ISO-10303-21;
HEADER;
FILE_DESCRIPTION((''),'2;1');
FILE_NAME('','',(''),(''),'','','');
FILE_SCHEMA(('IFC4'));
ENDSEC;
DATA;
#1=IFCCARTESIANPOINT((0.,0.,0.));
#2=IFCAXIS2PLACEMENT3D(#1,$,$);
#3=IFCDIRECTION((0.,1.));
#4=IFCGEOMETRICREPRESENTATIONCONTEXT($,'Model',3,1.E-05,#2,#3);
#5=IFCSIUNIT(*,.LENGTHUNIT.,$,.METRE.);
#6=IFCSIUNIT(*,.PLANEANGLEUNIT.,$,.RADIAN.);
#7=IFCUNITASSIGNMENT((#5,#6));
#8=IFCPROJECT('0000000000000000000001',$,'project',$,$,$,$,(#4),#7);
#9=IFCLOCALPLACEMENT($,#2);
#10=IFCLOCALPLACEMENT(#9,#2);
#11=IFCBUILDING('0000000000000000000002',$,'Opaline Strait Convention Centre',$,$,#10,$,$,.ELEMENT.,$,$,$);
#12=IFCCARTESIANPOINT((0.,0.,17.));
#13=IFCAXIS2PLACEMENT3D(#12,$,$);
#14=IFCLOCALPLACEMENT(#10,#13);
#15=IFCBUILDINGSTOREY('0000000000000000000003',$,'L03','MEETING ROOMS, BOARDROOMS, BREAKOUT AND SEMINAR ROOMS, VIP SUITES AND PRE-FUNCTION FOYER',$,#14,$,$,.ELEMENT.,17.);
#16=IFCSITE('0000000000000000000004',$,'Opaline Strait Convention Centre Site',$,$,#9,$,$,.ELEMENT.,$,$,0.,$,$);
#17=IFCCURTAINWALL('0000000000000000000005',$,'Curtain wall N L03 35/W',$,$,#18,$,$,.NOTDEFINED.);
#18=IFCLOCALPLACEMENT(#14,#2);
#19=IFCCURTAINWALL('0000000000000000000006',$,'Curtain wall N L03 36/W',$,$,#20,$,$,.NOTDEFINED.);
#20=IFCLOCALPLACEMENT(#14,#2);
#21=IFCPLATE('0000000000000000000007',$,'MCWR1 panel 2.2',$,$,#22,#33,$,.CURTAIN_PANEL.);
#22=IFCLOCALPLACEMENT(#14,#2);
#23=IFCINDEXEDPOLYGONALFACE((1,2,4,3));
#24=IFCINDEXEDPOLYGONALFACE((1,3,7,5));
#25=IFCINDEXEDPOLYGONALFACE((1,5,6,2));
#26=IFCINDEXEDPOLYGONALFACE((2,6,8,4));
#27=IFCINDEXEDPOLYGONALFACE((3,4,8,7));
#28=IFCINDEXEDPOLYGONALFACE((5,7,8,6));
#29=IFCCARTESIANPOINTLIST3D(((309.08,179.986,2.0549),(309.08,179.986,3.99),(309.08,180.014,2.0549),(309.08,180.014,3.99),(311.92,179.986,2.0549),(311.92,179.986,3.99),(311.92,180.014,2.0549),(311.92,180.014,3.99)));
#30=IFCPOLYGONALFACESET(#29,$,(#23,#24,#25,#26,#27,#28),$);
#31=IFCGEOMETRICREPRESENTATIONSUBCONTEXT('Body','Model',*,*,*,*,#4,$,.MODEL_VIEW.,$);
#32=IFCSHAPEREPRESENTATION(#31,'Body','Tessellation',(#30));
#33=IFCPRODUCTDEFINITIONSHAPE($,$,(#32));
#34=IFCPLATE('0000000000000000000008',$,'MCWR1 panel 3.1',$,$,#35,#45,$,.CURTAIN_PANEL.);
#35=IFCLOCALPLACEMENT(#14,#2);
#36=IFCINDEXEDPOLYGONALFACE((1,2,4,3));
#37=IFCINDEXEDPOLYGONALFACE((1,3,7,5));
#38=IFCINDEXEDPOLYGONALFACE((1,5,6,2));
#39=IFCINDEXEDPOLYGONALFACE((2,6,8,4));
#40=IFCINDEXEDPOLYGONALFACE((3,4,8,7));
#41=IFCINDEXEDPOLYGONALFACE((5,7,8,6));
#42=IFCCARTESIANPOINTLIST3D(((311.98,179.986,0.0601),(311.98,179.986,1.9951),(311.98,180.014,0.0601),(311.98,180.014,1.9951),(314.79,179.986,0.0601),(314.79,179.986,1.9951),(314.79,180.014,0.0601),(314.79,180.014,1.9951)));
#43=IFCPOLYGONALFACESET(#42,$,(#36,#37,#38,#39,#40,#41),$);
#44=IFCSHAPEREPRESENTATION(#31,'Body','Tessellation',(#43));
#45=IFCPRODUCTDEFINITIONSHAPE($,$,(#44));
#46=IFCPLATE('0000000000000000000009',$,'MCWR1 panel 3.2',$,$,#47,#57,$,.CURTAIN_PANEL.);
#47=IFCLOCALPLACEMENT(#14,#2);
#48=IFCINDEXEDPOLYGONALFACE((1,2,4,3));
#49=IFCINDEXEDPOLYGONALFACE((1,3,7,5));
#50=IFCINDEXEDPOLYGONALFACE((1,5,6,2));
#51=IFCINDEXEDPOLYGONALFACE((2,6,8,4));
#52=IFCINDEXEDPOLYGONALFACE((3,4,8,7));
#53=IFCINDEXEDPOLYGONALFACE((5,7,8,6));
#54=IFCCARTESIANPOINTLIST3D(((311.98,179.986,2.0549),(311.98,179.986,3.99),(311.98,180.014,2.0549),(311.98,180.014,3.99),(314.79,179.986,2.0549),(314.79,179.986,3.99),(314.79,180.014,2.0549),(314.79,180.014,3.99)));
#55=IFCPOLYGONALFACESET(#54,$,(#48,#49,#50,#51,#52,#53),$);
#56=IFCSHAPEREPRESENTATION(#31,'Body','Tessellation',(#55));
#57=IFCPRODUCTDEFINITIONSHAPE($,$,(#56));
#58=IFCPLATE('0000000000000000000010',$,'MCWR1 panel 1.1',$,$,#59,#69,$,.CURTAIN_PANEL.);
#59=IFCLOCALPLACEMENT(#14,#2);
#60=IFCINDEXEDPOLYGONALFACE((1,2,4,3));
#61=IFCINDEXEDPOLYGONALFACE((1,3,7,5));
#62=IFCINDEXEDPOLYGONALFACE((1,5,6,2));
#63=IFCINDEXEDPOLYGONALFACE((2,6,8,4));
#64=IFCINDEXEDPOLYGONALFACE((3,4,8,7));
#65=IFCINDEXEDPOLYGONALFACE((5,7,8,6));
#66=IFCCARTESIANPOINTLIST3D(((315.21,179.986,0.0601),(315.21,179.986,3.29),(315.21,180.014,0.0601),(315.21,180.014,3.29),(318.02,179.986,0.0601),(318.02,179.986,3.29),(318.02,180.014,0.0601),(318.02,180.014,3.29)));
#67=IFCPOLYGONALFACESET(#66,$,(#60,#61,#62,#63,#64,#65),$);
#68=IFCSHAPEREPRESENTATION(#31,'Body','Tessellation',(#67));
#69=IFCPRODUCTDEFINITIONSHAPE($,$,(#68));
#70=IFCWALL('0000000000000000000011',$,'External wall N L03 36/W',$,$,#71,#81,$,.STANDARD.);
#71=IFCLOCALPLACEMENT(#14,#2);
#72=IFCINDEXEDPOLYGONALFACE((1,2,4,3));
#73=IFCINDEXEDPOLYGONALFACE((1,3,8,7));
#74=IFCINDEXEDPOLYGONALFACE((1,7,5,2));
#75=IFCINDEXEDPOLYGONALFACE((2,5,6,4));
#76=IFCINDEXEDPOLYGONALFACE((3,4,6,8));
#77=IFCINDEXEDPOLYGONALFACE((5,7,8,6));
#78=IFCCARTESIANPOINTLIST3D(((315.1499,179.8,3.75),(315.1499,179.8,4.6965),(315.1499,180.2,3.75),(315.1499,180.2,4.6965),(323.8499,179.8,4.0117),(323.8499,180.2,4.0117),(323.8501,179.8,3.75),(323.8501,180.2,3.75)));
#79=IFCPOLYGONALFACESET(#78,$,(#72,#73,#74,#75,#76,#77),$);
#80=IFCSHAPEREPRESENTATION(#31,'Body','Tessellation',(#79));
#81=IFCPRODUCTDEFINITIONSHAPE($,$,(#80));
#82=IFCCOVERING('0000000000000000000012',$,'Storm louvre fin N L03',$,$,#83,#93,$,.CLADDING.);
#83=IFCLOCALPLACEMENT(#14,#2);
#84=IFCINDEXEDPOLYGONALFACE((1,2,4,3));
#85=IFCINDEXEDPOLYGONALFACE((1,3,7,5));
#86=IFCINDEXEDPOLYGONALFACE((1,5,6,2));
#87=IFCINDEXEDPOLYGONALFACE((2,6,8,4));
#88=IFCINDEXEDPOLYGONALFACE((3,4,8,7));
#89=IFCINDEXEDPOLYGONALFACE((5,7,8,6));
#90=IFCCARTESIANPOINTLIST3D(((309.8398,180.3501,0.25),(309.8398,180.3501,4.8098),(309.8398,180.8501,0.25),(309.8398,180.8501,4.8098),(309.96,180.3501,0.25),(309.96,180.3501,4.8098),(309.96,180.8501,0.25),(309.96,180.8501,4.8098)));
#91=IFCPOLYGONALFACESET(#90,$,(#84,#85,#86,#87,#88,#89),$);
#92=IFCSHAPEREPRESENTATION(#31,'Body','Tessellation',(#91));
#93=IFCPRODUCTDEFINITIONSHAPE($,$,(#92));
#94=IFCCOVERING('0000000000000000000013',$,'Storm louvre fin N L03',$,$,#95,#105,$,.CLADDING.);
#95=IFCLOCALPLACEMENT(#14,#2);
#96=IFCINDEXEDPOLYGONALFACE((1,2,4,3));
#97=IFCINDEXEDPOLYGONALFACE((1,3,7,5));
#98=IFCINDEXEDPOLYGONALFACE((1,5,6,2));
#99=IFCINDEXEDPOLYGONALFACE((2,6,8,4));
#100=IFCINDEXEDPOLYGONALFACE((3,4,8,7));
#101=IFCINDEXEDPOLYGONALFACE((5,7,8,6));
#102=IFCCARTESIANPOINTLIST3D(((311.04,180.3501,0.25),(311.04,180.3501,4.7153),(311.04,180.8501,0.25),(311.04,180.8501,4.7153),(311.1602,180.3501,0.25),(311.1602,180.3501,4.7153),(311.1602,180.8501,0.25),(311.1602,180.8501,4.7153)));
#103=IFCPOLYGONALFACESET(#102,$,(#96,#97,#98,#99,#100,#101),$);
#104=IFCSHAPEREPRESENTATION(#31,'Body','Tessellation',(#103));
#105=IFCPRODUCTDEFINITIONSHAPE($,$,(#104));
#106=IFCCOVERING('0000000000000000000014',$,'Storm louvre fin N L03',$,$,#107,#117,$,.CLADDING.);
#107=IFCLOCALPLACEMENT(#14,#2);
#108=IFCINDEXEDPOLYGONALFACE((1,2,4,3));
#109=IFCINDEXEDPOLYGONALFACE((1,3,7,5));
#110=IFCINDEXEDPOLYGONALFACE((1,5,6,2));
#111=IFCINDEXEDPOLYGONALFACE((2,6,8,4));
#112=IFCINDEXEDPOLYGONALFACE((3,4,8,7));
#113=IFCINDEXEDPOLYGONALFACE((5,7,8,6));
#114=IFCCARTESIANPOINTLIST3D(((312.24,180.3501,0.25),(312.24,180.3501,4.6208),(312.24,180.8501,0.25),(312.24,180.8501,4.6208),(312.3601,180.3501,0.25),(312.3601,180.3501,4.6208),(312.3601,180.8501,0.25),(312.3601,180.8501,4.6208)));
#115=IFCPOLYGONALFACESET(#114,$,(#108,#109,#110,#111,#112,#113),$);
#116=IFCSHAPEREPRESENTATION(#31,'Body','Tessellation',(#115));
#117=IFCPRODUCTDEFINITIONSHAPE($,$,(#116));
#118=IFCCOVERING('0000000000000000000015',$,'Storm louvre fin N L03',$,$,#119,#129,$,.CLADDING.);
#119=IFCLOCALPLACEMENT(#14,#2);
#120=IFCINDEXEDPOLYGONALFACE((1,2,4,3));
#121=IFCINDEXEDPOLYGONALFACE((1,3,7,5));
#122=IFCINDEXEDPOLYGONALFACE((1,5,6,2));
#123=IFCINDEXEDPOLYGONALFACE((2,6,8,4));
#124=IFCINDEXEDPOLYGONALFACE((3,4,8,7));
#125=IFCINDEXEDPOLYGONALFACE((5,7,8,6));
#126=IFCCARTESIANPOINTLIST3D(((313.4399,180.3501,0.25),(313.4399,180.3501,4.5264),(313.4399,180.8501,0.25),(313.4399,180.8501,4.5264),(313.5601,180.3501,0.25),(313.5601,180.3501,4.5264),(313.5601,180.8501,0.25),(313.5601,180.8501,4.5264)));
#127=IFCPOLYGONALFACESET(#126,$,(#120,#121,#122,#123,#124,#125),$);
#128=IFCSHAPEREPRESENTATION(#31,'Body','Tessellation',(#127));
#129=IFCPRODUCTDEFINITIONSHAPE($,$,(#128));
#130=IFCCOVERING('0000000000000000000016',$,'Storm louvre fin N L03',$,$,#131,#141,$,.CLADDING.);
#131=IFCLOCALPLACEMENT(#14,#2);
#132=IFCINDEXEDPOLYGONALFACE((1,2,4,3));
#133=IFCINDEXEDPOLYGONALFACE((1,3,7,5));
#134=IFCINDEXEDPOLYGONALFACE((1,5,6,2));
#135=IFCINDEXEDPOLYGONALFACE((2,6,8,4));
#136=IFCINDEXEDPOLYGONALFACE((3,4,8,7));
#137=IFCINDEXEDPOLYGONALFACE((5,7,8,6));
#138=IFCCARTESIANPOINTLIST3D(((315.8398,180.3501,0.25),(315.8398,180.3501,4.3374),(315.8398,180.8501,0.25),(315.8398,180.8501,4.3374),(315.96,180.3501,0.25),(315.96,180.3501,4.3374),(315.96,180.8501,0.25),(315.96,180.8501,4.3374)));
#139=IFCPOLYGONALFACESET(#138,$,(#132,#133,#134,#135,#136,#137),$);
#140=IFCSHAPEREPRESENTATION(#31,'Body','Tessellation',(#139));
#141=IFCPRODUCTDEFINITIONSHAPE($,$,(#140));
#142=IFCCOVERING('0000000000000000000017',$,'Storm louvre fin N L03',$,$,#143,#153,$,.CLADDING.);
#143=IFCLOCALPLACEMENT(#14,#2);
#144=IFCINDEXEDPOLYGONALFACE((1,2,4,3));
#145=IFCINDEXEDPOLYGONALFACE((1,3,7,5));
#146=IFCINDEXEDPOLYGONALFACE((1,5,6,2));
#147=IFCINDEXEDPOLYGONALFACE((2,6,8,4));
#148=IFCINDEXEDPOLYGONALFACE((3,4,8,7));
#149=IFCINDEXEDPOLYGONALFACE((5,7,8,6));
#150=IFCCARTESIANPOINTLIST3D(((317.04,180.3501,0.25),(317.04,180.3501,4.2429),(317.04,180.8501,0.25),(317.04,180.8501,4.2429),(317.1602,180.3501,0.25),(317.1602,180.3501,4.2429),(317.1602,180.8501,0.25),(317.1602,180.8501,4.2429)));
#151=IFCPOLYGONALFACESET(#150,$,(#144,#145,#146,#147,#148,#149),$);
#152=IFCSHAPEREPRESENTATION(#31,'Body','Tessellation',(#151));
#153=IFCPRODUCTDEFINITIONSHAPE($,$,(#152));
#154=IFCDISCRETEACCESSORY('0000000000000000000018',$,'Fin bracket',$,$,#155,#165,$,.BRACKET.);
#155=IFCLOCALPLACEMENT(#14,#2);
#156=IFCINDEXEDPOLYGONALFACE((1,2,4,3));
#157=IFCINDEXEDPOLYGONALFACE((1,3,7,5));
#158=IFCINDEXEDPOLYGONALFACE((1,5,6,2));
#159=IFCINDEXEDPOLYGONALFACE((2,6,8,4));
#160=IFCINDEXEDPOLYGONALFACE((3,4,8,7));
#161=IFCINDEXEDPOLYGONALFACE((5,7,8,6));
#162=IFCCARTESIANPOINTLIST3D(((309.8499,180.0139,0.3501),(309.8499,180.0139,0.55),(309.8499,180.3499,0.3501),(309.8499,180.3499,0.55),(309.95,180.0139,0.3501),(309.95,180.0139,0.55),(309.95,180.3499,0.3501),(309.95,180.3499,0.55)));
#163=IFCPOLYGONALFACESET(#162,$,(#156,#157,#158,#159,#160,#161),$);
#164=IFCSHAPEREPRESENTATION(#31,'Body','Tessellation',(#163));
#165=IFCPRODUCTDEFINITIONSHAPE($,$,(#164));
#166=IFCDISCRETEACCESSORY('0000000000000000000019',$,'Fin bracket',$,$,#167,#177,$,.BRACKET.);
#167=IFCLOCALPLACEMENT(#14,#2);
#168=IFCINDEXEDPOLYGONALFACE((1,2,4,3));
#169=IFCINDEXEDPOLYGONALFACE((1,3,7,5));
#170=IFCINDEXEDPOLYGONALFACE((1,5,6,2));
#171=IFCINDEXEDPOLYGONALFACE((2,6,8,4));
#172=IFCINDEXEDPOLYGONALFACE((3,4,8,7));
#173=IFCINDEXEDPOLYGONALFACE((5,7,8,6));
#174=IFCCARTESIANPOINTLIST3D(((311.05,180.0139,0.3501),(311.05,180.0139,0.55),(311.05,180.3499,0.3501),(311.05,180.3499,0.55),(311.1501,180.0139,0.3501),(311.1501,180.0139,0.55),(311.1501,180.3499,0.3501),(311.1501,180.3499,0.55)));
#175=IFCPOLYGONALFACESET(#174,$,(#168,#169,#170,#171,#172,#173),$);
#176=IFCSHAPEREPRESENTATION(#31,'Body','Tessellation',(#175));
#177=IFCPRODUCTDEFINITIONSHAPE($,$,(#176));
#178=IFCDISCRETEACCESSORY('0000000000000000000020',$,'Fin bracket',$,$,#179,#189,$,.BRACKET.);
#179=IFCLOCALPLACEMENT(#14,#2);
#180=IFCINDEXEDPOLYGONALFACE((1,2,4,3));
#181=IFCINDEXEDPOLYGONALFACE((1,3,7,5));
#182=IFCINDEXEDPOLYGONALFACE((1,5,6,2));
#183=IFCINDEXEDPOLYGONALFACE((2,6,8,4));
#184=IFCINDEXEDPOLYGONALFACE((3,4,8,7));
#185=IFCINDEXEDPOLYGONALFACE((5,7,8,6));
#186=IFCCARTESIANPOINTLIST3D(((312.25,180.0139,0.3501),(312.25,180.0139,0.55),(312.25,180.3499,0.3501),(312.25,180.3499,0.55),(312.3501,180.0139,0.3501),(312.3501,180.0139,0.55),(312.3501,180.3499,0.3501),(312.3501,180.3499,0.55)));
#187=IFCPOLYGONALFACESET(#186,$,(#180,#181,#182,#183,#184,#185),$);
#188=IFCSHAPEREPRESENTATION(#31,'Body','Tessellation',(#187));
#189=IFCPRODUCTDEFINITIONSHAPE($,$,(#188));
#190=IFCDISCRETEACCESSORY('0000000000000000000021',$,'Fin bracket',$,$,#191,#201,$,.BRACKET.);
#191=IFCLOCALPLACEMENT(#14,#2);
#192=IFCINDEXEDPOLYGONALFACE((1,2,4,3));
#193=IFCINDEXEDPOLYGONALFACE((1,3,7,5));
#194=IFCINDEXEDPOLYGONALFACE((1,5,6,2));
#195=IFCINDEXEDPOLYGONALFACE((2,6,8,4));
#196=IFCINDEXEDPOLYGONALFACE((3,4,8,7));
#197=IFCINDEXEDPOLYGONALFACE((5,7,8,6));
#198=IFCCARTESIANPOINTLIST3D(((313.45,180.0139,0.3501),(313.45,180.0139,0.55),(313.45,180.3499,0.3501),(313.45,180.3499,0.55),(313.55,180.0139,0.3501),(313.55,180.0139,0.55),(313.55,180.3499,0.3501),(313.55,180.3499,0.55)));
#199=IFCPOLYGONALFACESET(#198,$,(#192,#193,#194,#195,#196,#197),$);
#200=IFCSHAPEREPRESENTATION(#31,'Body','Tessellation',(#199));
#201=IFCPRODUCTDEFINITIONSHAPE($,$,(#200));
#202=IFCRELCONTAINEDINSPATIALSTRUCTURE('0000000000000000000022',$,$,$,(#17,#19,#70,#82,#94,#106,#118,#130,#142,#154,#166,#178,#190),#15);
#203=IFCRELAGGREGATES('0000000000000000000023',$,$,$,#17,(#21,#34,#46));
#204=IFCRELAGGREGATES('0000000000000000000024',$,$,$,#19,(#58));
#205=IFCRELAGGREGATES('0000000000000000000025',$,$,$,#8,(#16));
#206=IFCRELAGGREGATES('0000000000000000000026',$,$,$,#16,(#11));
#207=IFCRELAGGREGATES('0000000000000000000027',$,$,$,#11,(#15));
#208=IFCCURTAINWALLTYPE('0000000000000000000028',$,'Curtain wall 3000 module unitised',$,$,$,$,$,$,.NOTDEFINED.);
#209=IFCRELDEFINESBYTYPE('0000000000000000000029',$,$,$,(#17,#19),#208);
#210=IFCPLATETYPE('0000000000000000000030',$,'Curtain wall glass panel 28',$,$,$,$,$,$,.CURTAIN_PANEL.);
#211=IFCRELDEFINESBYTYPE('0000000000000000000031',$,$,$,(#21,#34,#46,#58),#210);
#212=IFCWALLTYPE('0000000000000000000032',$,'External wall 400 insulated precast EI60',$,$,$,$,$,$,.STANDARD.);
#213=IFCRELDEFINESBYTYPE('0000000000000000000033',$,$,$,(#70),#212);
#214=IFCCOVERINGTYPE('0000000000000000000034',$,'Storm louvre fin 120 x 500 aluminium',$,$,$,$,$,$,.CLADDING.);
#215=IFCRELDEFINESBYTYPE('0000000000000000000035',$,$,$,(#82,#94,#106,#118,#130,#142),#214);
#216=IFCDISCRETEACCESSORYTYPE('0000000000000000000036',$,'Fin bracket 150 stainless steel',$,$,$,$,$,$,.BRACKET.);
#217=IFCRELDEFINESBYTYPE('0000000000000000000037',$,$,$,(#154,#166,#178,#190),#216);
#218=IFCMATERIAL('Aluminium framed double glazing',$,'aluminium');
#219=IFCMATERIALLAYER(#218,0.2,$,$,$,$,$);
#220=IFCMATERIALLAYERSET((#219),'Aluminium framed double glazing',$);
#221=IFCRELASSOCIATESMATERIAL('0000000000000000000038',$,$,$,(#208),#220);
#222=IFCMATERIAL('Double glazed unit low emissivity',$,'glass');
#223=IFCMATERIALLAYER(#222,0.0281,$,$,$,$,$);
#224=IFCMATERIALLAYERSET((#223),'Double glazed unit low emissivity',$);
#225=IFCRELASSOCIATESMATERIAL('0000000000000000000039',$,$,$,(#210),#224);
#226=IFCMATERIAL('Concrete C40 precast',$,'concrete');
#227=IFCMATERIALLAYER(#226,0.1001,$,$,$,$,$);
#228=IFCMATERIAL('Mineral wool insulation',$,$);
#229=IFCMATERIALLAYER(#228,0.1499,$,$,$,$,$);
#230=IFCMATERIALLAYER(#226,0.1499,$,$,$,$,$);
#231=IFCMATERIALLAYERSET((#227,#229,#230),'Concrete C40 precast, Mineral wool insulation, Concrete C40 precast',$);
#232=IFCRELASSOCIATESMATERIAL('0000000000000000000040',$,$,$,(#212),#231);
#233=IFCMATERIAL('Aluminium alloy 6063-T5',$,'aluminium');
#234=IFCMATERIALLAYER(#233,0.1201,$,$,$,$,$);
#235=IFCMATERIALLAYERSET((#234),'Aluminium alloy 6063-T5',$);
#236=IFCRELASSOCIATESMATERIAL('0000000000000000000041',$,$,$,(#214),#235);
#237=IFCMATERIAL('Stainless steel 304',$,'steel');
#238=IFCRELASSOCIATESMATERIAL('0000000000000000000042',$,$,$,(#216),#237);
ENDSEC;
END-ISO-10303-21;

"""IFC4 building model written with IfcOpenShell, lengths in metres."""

from ifc_helpers import new_model, si_unit, direction, frame, origin, origin_2d, place, context, subcontext, project, spatial, polyline, rectangle, outline, extrude, material, layer, layer_set, type_object, element, aggregate, save


model = new_model("IFC4")

# Units and contexts
model_context = context("Model", 3, precision=1e-05, world=origin(), true_north=direction((0.0, 1.0)))
body_context = subcontext(model_context, "Body", "Model", "MODEL_VIEW")
ifc_project = project(units=[si_unit("LENGTHUNIT", "METRE"), si_unit("PLANEANGLEUNIT", "RADIAN")], contexts=[model_context])

# Site, building, storey
site_placement = place(None, origin())
site = spatial("IfcSite", under=ifc_project, at=site_placement, Name="Opaline Strait Convention Centre Site", CompositionType="ELEMENT", RefElevation=0.0)
building_placement = place(site_placement, origin())
building = spatial("IfcBuilding", under=site, at=building_placement, Name="Opaline Strait Convention Centre", CompositionType="ELEMENT")
storey_placement = place(building_placement, frame((0.0, 0.0, 17.0)))
storey = spatial("IfcBuildingStorey", under=building, at=storey_placement, Name="L03", Description="MEETING ROOMS, BOARDROOMS, BREAKOUT AND SEMINAR ROOMS, VIP SUITES AND PRE-FUNCTION FOYER", CompositionType="ELEMENT", Elevation=17.0)

# Curtain walls
ifc_material_1 = material(Name="Aluminium framed double glazing", Category="aluminium")
ifc_layer_1 = layer(ifc_material_1, 0.2)
ifc_layer_set_1 = layer_set([ifc_layer_1], Name="Aluminium framed double glazing")
curtain_wall_type = type_object("IfcCurtainWallType", Name="Curtain wall 3000 module unitised", PredefinedType="NOTDEFINED", material=ifc_layer_set_1)
curtain_wall_1_placement = place(storey_placement, origin())
curtain_wall_1 = element("IfcCurtainWall", 1, at=curtain_wall_1_placement, inside=storey, type_object=curtain_wall_type, Name="Curtain wall N L03 35/W", PredefinedType="NOTDEFINED")
curtain_wall_2_placement = place(storey_placement, origin())
curtain_wall_2 = element("IfcCurtainWall", 2, at=curtain_wall_2_placement, inside=storey, type_object=curtain_wall_type, Name="Curtain wall N L03 36/W", PredefinedType="NOTDEFINED")

# Plates
ifc_material_2 = material(Name="Double glazed unit low emissivity", Category="glass")
ifc_layer_2 = layer(ifc_material_2, 0.0281)
ifc_layer_set_2 = layer_set([ifc_layer_2], Name="Double glazed unit low emissivity")
plate_type = type_object("IfcPlateType", Name="Curtain wall glass panel 28", PredefinedType="CURTAIN_PANEL", material=ifc_layer_set_2)
plate_1_placement = place(storey_placement, frame((310.5, 180.0, 2.0549), z_axis=(0.0, 0.0, 1.0), x_axis=(1.0, 0.0, 0.0)))
plate_1 = element("IfcPlate", 3, at=plate_1_placement, type_object=plate_type, Name="MCWR1 panel 2.2", PredefinedType="CURTAIN_PANEL", context=body_context, shape_type="SweptSolid", body=[
    extrude(rectangle(XDim=2.8401, YDim=0.0281, at=origin_2d()), origin(), (0.0, 0.0, 1.0), 1.9351),
])
plate_2_placement = place(storey_placement, frame((313.385, 180.0, 0.0601), z_axis=(0.0, 0.0, 1.0), x_axis=(1.0, 0.0, 0.0)))
plate_2 = element("IfcPlate", 4, at=plate_2_placement, type_object=plate_type, Name="MCWR1 panel 3.1", PredefinedType="CURTAIN_PANEL", context=body_context, shape_type="SweptSolid", body=[
    extrude(rectangle(XDim=2.8101, YDim=0.0281, at=origin_2d()), origin(), (0.0, 0.0, 1.0), 1.9351),
])
plate_3_placement = place(storey_placement, frame((313.385, 180.0, 2.0549), z_axis=(0.0, 0.0, 1.0), x_axis=(1.0, 0.0, 0.0)))
plate_3 = element("IfcPlate", 5, at=plate_3_placement, type_object=plate_type, Name="MCWR1 panel 3.2", PredefinedType="CURTAIN_PANEL", context=body_context, shape_type="SweptSolid", body=[
    extrude(rectangle(XDim=2.8101, YDim=0.0281, at=origin_2d()), origin(), (0.0, 0.0, 1.0), 1.9351),
])
aggregate(curtain_wall_1, [plate_1, plate_2, plate_3])
plate_4_placement = place(storey_placement, frame((316.615, 180.0, 0.0601), z_axis=(0.0, 0.0, 1.0), x_axis=(1.0, 0.0, 0.0)))
plate_4 = element("IfcPlate", 6, at=plate_4_placement, type_object=plate_type, Name="MCWR1 panel 1.1", PredefinedType="CURTAIN_PANEL", context=body_context, shape_type="SweptSolid", body=[
    extrude(rectangle(XDim=2.8101, YDim=0.0281, at=origin_2d()), origin(), (0.0, 0.0, 1.0), 3.23),
])
aggregate(curtain_wall_2, [plate_4])

# Wall
ifc_material_3 = material(Name="Concrete C40 precast", Category="concrete")
ifc_layer_3 = layer(ifc_material_3, 0.1001)
ifc_material_4 = material(Name="Mineral wool insulation")
ifc_layer_4 = layer(ifc_material_4, 0.1499)
ifc_layer_5 = layer(ifc_material_3, 0.1499)
ifc_layer_set_3 = layer_set([ifc_layer_3, ifc_layer_4, ifc_layer_5], Name="Concrete C40 precast, Mineral wool insulation, Concrete C40 precast")
wall_type = type_object("IfcWallType", Name="External wall 400 insulated precast EI60", PredefinedType="STANDARD", material=ifc_layer_set_3)
wall_placement = place(storey_placement, frame((315.1499, 180.0, 3.75), z_axis=(0.0, 0.0, 1.0), x_axis=(1.0, 0.0, 0.0)))
element("IfcWall", 7, at=wall_placement, inside=storey, type_object=wall_type, Name="External wall N L03 36/W", PredefinedType="STANDARD", context=body_context, shape_type="SweptSolid", body=[
    extrude(outline(polyline([(0.0, 0.0), (8.7002, 0.0), (8.7, 0.2617), (0.0, 0.9465), (0.0, 0.0)])), frame((0.0, 0.2, 0.0), z_axis=(0.0, -1.0, 0.0), x_axis=(1.0, 0.0, 0.0)), (0.0, 0.0, 1.0), 0.3999),
])

# Coverings
ifc_material_5 = material(Name="Aluminium alloy 6063-T5", Category="aluminium")
ifc_layer_6 = layer(ifc_material_5, 0.1201)
ifc_layer_set_4 = layer_set([ifc_layer_6], Name="Aluminium alloy 6063-T5")
covering_type = type_object("IfcCoveringType", Name="Storm louvre fin 120 x 500 aluminium", PredefinedType="CLADDING", material=ifc_layer_set_4)
covering_1_placement = place(storey_placement, frame((309.8999, 180.6001, 0.25), z_axis=(0.0, 0.0, 1.0), x_axis=(1.0, 0.0, 0.0)))
element("IfcCovering", 8, at=covering_1_placement, inside=storey, type_object=covering_type, Name="Storm louvre fin N L03", PredefinedType="CLADDING", context=body_context, shape_type="SweptSolid", body=[
    extrude(rectangle(XDim=0.1201, YDim=0.5, at=origin_2d()), origin(), (0.0, 0.0, 1.0), 4.5598),
])
covering_2_placement = place(storey_placement, frame((311.1001, 180.6001, 0.25), z_axis=(0.0, 0.0, 1.0), x_axis=(1.0, 0.0, 0.0)))
element("IfcCovering", 9, at=covering_2_placement, inside=storey, type_object=covering_type, Name="Storm louvre fin N L03", PredefinedType="CLADDING", context=body_context, shape_type="SweptSolid", body=[
    extrude(rectangle(XDim=0.1201, YDim=0.5, at=origin_2d()), origin(), (0.0, 0.0, 1.0), 4.4653),
])
covering_3_placement = place(storey_placement, frame((312.3, 180.6001, 0.25), z_axis=(0.0, 0.0, 1.0), x_axis=(1.0, 0.0, 0.0)))
element("IfcCovering", 10, at=covering_3_placement, inside=storey, type_object=covering_type, Name="Storm louvre fin N L03", PredefinedType="CLADDING", context=body_context, shape_type="SweptSolid", body=[
    extrude(rectangle(XDim=0.1201, YDim=0.5, at=origin_2d()), origin(), (0.0, 0.0, 1.0), 4.3708),
])
covering_4_placement = place(storey_placement, frame((313.5, 180.6001, 0.25), z_axis=(0.0, 0.0, 1.0), x_axis=(1.0, 0.0, 0.0)))
element("IfcCovering", 11, at=covering_4_placement, inside=storey, type_object=covering_type, Name="Storm louvre fin N L03", PredefinedType="CLADDING", context=body_context, shape_type="SweptSolid", body=[
    extrude(rectangle(XDim=0.1201, YDim=0.5, at=origin_2d()), origin(), (0.0, 0.0, 1.0), 4.2764),
])
covering_5_placement = place(storey_placement, frame((315.8999, 180.6001, 0.25), z_axis=(0.0, 0.0, 1.0), x_axis=(1.0, 0.0, 0.0)))
element("IfcCovering", 12, at=covering_5_placement, inside=storey, type_object=covering_type, Name="Storm louvre fin N L03", PredefinedType="CLADDING", context=body_context, shape_type="SweptSolid", body=[
    extrude(rectangle(XDim=0.1201, YDim=0.5, at=origin_2d()), origin(), (0.0, 0.0, 1.0), 4.0874),
])
covering_6_placement = place(storey_placement, frame((317.1001, 180.6001, 0.25), z_axis=(0.0, 0.0, 1.0), x_axis=(1.0, 0.0, 0.0)))
element("IfcCovering", 13, at=covering_6_placement, inside=storey, type_object=covering_type, Name="Storm louvre fin N L03", PredefinedType="CLADDING", context=body_context, shape_type="SweptSolid", body=[
    extrude(rectangle(XDim=0.1201, YDim=0.5, at=origin_2d()), origin(), (0.0, 0.0, 1.0), 3.9929),
])

# Discrete accessories
ifc_material_6 = material(Name="Stainless steel 304", Category="steel")
discrete_accessory_type = type_object("IfcDiscreteAccessoryType", Name="Fin bracket 150 stainless steel", PredefinedType="BRACKET", material=ifc_material_6)
for number, where, z_axis, x_axis, name in (
    (14, (309.8999, 180.1819, 0.3501), (0.0, 0.0, 1.0), (1.0, 0.0, 0.0), "Fin bracket"),
    (15, (311.1001, 180.1819, 0.3501), (0.0, 0.0, 1.0), (1.0, 0.0, 0.0), "Fin bracket"),
    (16, (312.3, 180.1819, 0.3501), (0.0, 0.0, 1.0), (1.0, 0.0, 0.0), "Fin bracket"),
    (17, (313.5, 180.1819, 0.3501), (0.0, 0.0, 1.0), (1.0, 0.0, 0.0), "Fin bracket"),
):
    element("IfcDiscreteAccessory", number, at=place(storey_placement, frame(where, z_axis=z_axis, x_axis=x_axis)), inside=storey, type_object=discrete_accessory_type, Name=name, PredefinedType="BRACKET", context=body_context, shape_type="SweptSolid", body=[
        extrude(rectangle(XDim=0.1001, YDim=0.3359, at=origin_2d()), origin(), (0.0, 0.0, 1.0), 0.2),
    ])

save(model, "model.ifc")
